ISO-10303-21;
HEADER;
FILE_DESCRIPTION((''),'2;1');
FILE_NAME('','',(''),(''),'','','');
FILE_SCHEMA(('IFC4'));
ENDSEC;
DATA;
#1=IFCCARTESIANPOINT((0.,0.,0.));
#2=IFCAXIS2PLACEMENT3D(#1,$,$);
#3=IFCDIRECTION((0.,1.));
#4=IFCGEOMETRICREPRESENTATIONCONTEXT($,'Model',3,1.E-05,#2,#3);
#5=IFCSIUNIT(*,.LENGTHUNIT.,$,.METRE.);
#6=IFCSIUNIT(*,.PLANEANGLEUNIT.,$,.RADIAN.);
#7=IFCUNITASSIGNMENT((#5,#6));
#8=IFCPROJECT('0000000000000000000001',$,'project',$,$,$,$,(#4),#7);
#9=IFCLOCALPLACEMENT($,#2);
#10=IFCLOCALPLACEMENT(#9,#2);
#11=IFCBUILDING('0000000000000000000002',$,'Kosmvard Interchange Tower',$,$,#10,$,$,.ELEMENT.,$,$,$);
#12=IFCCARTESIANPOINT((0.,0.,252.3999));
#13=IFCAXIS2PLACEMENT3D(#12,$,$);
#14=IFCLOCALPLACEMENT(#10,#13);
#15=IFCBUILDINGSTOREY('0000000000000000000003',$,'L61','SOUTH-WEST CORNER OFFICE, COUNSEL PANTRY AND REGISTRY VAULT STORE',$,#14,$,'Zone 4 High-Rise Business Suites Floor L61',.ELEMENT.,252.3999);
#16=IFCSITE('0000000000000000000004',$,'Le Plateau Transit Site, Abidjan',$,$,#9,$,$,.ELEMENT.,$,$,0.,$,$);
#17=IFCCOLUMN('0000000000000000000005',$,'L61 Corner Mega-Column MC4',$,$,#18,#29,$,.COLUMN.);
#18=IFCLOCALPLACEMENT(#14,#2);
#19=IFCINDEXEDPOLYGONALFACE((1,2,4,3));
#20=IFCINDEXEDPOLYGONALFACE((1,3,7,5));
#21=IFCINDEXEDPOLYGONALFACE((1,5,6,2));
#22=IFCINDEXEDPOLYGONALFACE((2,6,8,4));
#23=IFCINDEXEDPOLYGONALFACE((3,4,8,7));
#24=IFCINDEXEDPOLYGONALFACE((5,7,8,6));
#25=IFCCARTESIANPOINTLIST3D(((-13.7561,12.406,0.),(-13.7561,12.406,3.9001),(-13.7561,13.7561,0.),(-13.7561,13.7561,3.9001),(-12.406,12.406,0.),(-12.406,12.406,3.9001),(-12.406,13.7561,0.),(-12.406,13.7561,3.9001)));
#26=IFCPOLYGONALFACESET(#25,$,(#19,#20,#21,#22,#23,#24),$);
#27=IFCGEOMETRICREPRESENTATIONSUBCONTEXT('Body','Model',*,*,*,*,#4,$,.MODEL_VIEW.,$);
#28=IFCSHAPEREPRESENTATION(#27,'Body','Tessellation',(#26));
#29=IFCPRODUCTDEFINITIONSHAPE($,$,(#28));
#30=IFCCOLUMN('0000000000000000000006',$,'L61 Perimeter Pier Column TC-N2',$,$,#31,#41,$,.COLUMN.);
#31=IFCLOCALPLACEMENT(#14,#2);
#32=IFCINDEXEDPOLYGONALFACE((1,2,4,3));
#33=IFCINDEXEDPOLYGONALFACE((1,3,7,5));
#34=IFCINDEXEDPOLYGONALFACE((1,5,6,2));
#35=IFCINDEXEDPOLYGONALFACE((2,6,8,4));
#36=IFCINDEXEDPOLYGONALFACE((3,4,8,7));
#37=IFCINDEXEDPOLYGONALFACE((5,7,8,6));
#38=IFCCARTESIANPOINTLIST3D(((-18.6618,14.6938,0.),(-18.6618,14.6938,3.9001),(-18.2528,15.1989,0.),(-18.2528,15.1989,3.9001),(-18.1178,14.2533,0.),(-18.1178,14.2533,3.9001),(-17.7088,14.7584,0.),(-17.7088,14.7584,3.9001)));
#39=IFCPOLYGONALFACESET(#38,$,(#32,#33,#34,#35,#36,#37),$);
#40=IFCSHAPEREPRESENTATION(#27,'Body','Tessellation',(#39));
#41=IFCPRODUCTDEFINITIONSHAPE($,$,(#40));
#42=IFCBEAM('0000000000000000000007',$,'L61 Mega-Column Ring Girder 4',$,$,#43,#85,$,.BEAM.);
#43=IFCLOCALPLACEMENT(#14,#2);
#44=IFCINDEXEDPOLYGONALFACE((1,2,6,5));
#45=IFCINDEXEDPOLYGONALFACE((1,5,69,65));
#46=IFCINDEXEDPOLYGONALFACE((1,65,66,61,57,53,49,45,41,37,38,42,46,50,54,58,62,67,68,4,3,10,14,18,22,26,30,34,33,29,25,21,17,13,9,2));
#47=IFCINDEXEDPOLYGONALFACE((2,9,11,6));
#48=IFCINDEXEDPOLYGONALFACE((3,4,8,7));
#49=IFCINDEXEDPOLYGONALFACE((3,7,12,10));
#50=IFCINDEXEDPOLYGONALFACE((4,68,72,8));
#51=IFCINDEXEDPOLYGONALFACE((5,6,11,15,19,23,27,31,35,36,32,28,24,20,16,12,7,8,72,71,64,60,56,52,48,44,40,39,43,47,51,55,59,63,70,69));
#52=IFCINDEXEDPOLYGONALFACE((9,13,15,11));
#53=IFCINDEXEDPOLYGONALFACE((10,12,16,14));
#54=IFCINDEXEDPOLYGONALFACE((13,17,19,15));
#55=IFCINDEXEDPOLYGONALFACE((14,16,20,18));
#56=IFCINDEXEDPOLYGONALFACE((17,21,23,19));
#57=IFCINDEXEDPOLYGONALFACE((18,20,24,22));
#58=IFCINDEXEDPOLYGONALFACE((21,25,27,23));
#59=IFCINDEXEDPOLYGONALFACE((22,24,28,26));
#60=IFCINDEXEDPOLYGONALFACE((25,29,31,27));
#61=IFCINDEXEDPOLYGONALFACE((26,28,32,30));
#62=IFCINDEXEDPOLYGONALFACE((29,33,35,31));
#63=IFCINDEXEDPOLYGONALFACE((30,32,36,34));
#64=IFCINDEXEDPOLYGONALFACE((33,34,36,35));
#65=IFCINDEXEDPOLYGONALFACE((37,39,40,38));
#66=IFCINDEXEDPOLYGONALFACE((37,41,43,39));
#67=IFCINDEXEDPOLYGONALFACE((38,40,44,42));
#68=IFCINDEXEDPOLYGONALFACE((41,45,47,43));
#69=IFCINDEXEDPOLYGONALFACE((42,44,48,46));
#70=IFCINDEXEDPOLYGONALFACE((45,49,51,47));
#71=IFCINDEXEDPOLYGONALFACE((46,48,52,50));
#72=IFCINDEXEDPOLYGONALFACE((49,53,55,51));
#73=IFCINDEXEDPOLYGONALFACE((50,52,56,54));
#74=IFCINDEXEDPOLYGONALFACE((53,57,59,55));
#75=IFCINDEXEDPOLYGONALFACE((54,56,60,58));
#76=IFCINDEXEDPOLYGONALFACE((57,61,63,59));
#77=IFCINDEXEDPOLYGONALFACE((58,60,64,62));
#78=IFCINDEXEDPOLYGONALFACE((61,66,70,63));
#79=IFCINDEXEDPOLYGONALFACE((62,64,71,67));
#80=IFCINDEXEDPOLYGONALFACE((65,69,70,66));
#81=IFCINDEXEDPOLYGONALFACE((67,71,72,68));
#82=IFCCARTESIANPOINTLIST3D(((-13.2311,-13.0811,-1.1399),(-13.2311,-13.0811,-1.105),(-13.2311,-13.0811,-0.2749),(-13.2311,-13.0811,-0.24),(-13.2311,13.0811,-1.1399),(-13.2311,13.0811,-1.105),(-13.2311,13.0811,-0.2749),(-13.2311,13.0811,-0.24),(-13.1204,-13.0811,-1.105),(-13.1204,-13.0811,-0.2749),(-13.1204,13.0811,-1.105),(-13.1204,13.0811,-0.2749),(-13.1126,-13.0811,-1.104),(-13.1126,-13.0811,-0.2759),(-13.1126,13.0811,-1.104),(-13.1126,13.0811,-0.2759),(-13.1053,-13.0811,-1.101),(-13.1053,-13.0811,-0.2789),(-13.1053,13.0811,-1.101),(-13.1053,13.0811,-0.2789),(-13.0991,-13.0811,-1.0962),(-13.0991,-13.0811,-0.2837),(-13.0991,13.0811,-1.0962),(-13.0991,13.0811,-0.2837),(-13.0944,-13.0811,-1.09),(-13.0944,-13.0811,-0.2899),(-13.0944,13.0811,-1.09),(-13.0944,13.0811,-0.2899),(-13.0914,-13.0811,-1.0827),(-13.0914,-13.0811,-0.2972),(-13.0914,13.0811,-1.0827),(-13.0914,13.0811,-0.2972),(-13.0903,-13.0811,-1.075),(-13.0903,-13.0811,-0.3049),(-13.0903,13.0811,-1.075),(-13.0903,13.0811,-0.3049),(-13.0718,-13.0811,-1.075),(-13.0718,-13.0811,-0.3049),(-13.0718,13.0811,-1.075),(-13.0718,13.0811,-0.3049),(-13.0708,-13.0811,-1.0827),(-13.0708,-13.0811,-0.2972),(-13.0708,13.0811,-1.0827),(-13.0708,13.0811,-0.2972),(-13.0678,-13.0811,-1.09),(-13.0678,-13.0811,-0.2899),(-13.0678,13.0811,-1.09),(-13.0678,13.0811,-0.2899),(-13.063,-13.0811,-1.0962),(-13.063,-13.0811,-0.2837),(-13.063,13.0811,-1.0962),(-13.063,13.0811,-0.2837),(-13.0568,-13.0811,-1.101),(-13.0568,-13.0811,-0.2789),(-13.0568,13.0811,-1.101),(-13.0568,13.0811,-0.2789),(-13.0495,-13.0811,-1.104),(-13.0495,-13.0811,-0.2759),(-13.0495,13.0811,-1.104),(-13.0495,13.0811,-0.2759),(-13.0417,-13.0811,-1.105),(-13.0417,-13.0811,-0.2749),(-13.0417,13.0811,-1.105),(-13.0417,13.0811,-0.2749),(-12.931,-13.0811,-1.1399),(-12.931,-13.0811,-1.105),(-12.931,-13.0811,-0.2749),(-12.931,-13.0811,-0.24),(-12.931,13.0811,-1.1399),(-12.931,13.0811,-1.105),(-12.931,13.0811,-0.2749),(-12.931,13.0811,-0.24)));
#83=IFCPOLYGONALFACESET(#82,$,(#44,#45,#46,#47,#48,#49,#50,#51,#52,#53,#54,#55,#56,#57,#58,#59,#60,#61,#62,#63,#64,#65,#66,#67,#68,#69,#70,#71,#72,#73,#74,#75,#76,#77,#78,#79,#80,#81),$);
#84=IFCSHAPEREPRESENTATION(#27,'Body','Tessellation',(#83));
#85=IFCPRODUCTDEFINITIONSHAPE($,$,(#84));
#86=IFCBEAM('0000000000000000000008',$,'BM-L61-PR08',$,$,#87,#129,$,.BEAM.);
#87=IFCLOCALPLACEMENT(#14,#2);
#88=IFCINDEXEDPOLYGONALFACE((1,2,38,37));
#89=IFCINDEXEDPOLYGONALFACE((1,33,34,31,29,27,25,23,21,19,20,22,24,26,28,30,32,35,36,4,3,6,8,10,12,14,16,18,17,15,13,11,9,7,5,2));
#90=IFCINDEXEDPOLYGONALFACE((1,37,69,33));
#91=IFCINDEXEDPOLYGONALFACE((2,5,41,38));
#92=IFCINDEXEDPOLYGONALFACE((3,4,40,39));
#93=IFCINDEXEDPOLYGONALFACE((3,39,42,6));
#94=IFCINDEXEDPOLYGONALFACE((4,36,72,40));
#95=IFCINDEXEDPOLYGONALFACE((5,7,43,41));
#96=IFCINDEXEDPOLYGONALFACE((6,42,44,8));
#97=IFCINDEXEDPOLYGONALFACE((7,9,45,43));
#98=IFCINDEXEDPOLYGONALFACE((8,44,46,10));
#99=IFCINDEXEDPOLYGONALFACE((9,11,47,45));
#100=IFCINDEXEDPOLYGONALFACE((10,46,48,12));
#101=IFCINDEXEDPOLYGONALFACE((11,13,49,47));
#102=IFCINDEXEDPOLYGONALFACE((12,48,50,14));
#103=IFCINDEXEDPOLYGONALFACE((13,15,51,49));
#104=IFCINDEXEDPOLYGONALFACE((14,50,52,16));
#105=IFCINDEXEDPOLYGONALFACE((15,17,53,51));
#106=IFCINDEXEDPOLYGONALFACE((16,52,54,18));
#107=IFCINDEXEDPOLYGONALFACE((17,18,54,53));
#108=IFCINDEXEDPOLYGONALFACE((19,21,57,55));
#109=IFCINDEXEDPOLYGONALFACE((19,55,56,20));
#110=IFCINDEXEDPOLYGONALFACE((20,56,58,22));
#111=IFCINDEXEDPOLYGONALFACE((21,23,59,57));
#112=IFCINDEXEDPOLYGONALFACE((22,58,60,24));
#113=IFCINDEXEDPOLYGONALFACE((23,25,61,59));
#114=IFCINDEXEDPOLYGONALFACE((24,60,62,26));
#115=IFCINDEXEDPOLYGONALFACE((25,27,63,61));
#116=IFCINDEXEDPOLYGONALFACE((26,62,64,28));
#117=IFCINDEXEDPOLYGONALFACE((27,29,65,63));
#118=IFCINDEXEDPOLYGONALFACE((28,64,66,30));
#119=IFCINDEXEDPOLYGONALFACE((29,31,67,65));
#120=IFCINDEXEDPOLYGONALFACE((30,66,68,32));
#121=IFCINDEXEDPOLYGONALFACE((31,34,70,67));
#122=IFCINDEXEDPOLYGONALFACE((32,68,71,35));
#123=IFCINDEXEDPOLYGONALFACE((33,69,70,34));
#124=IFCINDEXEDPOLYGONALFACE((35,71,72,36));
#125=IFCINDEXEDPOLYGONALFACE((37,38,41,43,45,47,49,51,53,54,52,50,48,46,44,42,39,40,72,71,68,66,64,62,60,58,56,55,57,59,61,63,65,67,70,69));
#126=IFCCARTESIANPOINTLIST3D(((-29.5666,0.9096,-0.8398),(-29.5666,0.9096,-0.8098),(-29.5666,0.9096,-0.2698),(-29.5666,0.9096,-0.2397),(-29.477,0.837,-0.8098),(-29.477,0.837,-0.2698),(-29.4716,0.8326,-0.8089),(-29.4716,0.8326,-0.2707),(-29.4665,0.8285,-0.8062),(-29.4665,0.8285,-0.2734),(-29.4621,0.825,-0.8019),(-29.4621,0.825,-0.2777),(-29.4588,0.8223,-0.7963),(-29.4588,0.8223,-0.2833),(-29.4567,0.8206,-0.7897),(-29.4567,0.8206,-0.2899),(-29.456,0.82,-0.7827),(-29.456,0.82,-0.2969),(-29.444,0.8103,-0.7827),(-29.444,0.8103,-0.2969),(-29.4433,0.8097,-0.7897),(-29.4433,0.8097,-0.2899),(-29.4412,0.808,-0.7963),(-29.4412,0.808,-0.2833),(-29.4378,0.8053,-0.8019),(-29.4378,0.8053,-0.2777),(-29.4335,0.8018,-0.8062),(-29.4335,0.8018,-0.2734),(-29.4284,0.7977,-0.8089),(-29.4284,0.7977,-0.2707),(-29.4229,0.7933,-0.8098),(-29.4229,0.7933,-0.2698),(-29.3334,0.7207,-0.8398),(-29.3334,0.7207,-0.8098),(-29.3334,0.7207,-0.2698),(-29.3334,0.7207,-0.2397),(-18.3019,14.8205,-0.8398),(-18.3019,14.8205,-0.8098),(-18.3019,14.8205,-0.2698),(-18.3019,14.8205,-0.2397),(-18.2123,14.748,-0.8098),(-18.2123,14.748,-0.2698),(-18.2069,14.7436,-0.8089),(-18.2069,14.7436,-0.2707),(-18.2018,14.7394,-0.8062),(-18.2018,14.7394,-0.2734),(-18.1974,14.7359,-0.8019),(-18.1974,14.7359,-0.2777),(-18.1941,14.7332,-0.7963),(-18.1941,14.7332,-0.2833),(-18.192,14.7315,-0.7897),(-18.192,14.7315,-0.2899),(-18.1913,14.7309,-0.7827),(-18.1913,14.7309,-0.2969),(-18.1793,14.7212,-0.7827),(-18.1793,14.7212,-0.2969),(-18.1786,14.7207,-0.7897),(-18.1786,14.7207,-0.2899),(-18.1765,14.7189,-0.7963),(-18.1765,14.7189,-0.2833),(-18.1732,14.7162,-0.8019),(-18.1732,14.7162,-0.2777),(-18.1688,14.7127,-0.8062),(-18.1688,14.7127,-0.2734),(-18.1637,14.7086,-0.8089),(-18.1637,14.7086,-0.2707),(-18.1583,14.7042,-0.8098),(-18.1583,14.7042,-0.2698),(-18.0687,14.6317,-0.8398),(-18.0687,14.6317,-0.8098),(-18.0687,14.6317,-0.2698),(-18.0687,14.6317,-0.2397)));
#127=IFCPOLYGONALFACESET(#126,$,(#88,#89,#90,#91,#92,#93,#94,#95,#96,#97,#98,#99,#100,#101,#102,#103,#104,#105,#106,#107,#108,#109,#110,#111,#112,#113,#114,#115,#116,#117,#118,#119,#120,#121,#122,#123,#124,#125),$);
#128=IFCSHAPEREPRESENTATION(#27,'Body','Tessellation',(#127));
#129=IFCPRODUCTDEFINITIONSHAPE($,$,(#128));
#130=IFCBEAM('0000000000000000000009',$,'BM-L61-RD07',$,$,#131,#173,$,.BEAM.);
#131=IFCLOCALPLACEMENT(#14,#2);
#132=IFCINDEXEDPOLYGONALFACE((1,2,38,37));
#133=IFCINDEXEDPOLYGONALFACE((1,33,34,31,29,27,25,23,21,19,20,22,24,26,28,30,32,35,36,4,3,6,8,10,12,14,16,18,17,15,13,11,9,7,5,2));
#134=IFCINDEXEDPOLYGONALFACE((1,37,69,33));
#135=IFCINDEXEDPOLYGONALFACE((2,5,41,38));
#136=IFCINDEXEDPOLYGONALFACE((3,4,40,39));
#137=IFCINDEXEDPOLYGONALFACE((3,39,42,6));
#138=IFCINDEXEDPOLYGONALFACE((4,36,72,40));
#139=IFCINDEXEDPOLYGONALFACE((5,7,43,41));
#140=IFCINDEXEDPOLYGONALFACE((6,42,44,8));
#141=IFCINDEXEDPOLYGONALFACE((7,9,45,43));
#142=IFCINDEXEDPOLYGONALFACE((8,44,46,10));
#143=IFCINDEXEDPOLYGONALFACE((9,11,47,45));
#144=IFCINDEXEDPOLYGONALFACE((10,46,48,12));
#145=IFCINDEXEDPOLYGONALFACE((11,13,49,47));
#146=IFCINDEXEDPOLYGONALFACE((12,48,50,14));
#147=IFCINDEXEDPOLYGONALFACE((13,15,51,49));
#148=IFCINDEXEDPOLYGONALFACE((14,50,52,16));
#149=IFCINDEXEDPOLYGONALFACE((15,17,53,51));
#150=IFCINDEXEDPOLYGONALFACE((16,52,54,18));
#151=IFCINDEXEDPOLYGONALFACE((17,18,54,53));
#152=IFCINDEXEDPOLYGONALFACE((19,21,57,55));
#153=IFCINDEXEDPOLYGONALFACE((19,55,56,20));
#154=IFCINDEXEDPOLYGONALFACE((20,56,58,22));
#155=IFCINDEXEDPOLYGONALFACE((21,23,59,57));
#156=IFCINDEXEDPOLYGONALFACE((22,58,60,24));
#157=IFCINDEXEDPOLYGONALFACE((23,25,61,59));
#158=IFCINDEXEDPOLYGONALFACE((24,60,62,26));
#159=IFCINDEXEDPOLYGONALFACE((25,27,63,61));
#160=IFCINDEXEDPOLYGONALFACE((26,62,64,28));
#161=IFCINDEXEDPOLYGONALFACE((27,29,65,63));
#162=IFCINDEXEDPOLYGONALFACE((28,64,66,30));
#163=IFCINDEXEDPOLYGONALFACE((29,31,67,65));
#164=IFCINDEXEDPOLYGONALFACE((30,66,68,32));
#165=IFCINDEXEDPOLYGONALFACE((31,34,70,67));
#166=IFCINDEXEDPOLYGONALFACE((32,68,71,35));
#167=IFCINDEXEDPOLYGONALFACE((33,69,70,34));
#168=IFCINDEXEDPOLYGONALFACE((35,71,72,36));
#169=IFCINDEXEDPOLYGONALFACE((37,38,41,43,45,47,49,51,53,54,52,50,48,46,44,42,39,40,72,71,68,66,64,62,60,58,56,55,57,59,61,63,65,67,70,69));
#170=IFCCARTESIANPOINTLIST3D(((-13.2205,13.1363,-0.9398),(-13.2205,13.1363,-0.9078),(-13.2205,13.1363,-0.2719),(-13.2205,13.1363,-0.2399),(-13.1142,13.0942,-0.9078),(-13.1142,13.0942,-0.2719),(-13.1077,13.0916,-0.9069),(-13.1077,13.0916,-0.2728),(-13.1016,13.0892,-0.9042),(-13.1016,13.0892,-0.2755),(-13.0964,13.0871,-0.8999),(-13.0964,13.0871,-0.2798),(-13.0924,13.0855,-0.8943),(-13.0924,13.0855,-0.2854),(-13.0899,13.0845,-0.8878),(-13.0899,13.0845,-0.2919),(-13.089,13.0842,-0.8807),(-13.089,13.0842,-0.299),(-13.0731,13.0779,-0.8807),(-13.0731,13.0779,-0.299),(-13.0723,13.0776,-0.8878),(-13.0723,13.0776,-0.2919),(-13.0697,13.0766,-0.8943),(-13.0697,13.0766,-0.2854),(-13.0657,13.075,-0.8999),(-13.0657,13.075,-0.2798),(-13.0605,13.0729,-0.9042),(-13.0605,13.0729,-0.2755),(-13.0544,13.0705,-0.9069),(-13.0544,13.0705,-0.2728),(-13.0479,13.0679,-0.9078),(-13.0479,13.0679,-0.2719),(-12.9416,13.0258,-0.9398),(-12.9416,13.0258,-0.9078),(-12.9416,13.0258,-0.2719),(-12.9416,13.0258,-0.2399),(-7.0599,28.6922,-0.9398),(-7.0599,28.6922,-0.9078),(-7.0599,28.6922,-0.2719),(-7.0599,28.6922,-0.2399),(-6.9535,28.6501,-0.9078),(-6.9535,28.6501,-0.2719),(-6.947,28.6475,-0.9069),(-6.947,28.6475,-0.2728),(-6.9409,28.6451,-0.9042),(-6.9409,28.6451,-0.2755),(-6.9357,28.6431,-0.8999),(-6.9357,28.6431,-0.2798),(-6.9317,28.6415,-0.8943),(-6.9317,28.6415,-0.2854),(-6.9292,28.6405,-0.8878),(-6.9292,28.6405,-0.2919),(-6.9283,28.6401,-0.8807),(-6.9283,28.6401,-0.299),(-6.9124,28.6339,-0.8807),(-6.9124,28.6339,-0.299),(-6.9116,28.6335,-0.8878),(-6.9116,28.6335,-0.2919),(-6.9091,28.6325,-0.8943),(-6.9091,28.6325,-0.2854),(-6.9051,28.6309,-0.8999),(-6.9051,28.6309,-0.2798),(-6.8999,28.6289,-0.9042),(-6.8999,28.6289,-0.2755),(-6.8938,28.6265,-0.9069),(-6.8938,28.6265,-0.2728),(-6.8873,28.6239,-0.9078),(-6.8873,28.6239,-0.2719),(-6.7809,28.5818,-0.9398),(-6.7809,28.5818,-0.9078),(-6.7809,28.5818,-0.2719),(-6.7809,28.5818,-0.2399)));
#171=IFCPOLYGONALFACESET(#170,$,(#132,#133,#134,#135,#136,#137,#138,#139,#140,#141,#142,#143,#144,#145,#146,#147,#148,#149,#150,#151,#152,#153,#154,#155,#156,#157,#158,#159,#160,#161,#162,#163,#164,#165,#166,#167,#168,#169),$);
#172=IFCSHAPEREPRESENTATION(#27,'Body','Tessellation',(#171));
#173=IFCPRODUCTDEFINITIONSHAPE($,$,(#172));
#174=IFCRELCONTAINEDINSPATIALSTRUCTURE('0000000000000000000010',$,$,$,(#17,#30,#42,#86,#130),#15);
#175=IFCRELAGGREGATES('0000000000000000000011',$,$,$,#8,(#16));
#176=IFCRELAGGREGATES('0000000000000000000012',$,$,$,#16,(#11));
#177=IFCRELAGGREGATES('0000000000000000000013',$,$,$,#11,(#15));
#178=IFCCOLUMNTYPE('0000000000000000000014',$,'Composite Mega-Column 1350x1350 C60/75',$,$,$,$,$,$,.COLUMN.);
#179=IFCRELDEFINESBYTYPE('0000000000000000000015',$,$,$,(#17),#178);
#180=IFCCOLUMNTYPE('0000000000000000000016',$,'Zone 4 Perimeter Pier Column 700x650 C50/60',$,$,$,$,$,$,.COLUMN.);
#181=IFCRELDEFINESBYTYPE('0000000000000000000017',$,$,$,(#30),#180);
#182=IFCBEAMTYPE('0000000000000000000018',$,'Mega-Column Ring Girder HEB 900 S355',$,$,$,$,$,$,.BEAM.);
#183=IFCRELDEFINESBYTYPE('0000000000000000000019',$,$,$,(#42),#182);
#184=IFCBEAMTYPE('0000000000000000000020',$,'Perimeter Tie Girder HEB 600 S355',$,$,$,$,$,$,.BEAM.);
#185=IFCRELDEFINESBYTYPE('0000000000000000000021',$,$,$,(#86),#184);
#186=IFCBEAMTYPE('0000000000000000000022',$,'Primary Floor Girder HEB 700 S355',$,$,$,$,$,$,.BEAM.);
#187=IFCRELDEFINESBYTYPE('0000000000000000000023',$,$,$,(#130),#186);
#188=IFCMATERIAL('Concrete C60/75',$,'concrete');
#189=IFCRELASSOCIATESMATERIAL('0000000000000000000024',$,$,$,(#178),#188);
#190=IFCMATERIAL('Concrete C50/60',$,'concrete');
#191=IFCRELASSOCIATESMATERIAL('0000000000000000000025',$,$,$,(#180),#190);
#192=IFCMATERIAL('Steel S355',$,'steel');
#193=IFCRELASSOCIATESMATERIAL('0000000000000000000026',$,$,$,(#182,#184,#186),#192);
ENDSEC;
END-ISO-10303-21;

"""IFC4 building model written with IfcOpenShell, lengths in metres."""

from ifc_helpers import new_model, si_unit, direction, frame, origin, origin_2d, place, context, subcontext, project, spatial, rectangle, i_section, extrude, source, transform, mapped, material, material_profile, profile_set, type_object, element, save


model = new_model("IFC4")

# Units and contexts
model_context = context("Model", 3, precision=1e-05, world=origin(), true_north=direction((0.0, 1.0)))
body_context = subcontext(model_context, "Body", "Model", "MODEL_VIEW")
ifc_project = project(units=[si_unit("LENGTHUNIT", "METRE"), si_unit("PLANEANGLEUNIT", "RADIAN")], contexts=[model_context])

# Site, building, storey
site_placement = place(None, origin())
site = spatial("IfcSite", under=ifc_project, at=site_placement, Name="Le Plateau Transit Site, Abidjan", CompositionType="ELEMENT", RefElevation=0.0)
building_placement = place(site_placement, origin())
building = spatial("IfcBuilding", under=site, at=building_placement, Name="Kosmvard Interchange Tower", CompositionType="ELEMENT")
storey_placement = place(building_placement, frame((0.0, 0.0, 252.3999)))
storey = spatial("IfcBuildingStorey", under=building, at=storey_placement, Name="L61", Description="SOUTH-WEST CORNER OFFICE, COUNSEL PANTRY AND REGISTRY VAULT STORE", LongName="Zone 4 High-Rise Business Suites Floor L61", CompositionType="ELEMENT", Elevation=252.3999)

# Columns
ifc_material_1 = material(Name="Concrete C60/75", Category="concrete")
ifc_material_profile_1 = material_profile(ifc_material_1, rectangle(XDim=1.3501, YDim=1.3501, at=origin_2d()), Name="MC 1350x1350")
ifc_profile_set_1 = profile_set([ifc_material_profile_1], Name="Concrete C60/75")
column_type_1 = type_object("IfcColumnType", Name="Composite Mega-Column 1350x1350 C60/75", PredefinedType="COLUMN", material=ifc_profile_set_1)
shared_shape_1 = source(origin(), body_context, "Body", "SweptSolid", [
    extrude(rectangle(XDim=1.3501, YDim=1.3501, at=origin_2d()), origin(), (0.0, 0.0, 1.0), 3.9001),
])
column_1_placement = place(storey_placement, frame((-13.0811, 13.0811, 0.0), z_axis=(0.0, 0.0, 1.0), x_axis=(1.0, 0.0, 0.0)))
element("IfcColumn", 1, at=column_1_placement, inside=storey, type_object=column_type_1, Name="L61 Corner Mega-Column MC4", PredefinedType="COLUMN", context=body_context, shape_type="MappedRepresentation", body=[
    mapped(shared_shape_1, transform((0.0, 0.0, 0.0), scale=1.0)),
])
ifc_material_2 = material(Name="Concrete C50/60", Category="concrete")
ifc_material_profile_2 = material_profile(ifc_material_2, rectangle(XDim=0.6499, YDim=0.7, at=origin_2d()), Name="TC 700x650")
ifc_profile_set_2 = profile_set([ifc_material_profile_2], Name="Concrete C50/60")
column_type_2 = type_object("IfcColumnType", Name="Zone 4 Perimeter Pier Column 700x650 C50/60", PredefinedType="COLUMN", material=ifc_profile_set_2)
shared_shape_2 = source(origin(), body_context, "Body", "SweptSolid", [
    extrude(rectangle(XDim=0.6499, YDim=0.7, at=origin_2d()), origin(), (0.0, 0.0, 1.0), 3.9001),
])
column_2_placement = place(storey_placement, frame((-18.1853, 14.7261, 0.0), z_axis=(0.0, 0.0, 1.0), x_axis=(0.62932, 0.777146, 0.0)))
element("IfcColumn", 2, at=column_2_placement, inside=storey, type_object=column_type_2, Name="L61 Perimeter Pier Column TC-N2", PredefinedType="COLUMN", context=body_context, shape_type="MappedRepresentation", body=[
    mapped(shared_shape_2, transform((0.0, 0.0, 0.0), scale=1.0)),
])

# Beams
ifc_material_3 = material(Name="Steel S355", Category="steel")
ifc_material_profile_3 = material_profile(ifc_material_3, i_section(OverallWidth=0.3, OverallDepth=0.8999, WebThickness=0.0186, FlangeThickness=0.0349, FilletRadius=0.03, at=origin_2d()), Name="HEB 900")
ifc_profile_set_3 = profile_set([ifc_material_profile_3], Name="Steel S355")
beam_type_1 = type_object("IfcBeamType", Name="Mega-Column Ring Girder HEB 900 S355", PredefinedType="BEAM", material=ifc_profile_set_3)
shared_shape_3 = source(origin(), body_context, "Body", "SweptSolid", [
    extrude(i_section(OverallWidth=0.3, OverallDepth=0.8999, WebThickness=0.0186, FlangeThickness=0.0349, FilletRadius=0.03, at=origin_2d()), origin(), (0.0, 0.0, 1.0), 26.1621),
])
beam_1_placement = place(storey_placement, frame((-13.0811, 13.0811, -0.6899), z_axis=(0.0, -1.0, 0.0), x_axis=(1.0, 0.0, 0.0)))
element("IfcBeam", 3, at=beam_1_placement, inside=storey, type_object=beam_type_1, Name="L61 Mega-Column Ring Girder 4", PredefinedType="BEAM", context=body_context, shape_type="MappedRepresentation", body=[
    mapped(shared_shape_3, transform((0.0, 0.0, 0.0), scale=1.0)),
])
ifc_material_profile_4 = material_profile(ifc_material_3, i_section(OverallWidth=0.3, OverallDepth=0.6001, WebThickness=0.0154, FlangeThickness=0.03, FilletRadius=0.0271, at=origin_2d()), Name="HEB 600")
ifc_profile_set_4 = profile_set([ifc_material_profile_4], Name="Steel S355")
beam_type_2 = type_object("IfcBeamType", Name="Perimeter Tie Girder HEB 600 S355", PredefinedType="BEAM", material=ifc_profile_set_4)
shared_shape_4 = source(origin(), body_context, "Body", "SweptSolid", [
    extrude(i_section(OverallWidth=0.3, OverallDepth=0.6001, WebThickness=0.0154, FlangeThickness=0.03, FilletRadius=0.0271, at=origin_2d()), origin(), (0.0, 0.0, 1.0), 17.8999),
])
beam_2_placement = place(storey_placement, frame((-18.1853, 14.7261, -0.5398), z_axis=(-0.629315, -0.777151, 0.0), x_axis=(0.777151, -0.629315, 0.0)))
element("IfcBeam", 4, at=beam_2_placement, inside=storey, type_object=beam_type_2, Name="BM-L61-PR08", PredefinedType="BEAM", context=body_context, shape_type="MappedRepresentation", body=[
    mapped(shared_shape_4, transform((0.0, 0.0, 0.0), scale=1.0)),
])
ifc_material_profile_5 = material_profile(ifc_material_3, i_section(OverallWidth=0.3, OverallDepth=0.7, WebThickness=0.0171, FlangeThickness=0.032, FilletRadius=0.0271, at=origin_2d()), Name="HEB 700")
ifc_profile_set_5 = profile_set([ifc_material_profile_5], Name="Steel S355")
beam_type_3 = type_object("IfcBeamType", Name="Primary Floor Girder HEB 700 S355", PredefinedType="BEAM", material=ifc_profile_set_5)
shared_shape_5 = source(origin(), body_context, "Body", "SweptSolid", [
    extrude(i_section(OverallWidth=0.3, OverallDepth=0.7, WebThickness=0.0171, FlangeThickness=0.032, FilletRadius=0.0271, at=origin_2d()), origin(), (0.0, 0.0, 1.0), 16.7314),
])
beam_3_placement = place(storey_placement, frame((-13.0811, 13.0811, -0.5898), z_axis=(0.368209, 0.929743, 0.0), x_axis=(-0.929743, 0.368209, 0.0)))
element("IfcBeam", 5, at=beam_3_placement, inside=storey, type_object=beam_type_3, Name="BM-L61-RD07", PredefinedType="BEAM", context=body_context, shape_type="MappedRepresentation", body=[
    mapped(shared_shape_5, transform((0.0, 0.0, 0.0), scale=1.0)),
])

save(model, "model.ifc")
